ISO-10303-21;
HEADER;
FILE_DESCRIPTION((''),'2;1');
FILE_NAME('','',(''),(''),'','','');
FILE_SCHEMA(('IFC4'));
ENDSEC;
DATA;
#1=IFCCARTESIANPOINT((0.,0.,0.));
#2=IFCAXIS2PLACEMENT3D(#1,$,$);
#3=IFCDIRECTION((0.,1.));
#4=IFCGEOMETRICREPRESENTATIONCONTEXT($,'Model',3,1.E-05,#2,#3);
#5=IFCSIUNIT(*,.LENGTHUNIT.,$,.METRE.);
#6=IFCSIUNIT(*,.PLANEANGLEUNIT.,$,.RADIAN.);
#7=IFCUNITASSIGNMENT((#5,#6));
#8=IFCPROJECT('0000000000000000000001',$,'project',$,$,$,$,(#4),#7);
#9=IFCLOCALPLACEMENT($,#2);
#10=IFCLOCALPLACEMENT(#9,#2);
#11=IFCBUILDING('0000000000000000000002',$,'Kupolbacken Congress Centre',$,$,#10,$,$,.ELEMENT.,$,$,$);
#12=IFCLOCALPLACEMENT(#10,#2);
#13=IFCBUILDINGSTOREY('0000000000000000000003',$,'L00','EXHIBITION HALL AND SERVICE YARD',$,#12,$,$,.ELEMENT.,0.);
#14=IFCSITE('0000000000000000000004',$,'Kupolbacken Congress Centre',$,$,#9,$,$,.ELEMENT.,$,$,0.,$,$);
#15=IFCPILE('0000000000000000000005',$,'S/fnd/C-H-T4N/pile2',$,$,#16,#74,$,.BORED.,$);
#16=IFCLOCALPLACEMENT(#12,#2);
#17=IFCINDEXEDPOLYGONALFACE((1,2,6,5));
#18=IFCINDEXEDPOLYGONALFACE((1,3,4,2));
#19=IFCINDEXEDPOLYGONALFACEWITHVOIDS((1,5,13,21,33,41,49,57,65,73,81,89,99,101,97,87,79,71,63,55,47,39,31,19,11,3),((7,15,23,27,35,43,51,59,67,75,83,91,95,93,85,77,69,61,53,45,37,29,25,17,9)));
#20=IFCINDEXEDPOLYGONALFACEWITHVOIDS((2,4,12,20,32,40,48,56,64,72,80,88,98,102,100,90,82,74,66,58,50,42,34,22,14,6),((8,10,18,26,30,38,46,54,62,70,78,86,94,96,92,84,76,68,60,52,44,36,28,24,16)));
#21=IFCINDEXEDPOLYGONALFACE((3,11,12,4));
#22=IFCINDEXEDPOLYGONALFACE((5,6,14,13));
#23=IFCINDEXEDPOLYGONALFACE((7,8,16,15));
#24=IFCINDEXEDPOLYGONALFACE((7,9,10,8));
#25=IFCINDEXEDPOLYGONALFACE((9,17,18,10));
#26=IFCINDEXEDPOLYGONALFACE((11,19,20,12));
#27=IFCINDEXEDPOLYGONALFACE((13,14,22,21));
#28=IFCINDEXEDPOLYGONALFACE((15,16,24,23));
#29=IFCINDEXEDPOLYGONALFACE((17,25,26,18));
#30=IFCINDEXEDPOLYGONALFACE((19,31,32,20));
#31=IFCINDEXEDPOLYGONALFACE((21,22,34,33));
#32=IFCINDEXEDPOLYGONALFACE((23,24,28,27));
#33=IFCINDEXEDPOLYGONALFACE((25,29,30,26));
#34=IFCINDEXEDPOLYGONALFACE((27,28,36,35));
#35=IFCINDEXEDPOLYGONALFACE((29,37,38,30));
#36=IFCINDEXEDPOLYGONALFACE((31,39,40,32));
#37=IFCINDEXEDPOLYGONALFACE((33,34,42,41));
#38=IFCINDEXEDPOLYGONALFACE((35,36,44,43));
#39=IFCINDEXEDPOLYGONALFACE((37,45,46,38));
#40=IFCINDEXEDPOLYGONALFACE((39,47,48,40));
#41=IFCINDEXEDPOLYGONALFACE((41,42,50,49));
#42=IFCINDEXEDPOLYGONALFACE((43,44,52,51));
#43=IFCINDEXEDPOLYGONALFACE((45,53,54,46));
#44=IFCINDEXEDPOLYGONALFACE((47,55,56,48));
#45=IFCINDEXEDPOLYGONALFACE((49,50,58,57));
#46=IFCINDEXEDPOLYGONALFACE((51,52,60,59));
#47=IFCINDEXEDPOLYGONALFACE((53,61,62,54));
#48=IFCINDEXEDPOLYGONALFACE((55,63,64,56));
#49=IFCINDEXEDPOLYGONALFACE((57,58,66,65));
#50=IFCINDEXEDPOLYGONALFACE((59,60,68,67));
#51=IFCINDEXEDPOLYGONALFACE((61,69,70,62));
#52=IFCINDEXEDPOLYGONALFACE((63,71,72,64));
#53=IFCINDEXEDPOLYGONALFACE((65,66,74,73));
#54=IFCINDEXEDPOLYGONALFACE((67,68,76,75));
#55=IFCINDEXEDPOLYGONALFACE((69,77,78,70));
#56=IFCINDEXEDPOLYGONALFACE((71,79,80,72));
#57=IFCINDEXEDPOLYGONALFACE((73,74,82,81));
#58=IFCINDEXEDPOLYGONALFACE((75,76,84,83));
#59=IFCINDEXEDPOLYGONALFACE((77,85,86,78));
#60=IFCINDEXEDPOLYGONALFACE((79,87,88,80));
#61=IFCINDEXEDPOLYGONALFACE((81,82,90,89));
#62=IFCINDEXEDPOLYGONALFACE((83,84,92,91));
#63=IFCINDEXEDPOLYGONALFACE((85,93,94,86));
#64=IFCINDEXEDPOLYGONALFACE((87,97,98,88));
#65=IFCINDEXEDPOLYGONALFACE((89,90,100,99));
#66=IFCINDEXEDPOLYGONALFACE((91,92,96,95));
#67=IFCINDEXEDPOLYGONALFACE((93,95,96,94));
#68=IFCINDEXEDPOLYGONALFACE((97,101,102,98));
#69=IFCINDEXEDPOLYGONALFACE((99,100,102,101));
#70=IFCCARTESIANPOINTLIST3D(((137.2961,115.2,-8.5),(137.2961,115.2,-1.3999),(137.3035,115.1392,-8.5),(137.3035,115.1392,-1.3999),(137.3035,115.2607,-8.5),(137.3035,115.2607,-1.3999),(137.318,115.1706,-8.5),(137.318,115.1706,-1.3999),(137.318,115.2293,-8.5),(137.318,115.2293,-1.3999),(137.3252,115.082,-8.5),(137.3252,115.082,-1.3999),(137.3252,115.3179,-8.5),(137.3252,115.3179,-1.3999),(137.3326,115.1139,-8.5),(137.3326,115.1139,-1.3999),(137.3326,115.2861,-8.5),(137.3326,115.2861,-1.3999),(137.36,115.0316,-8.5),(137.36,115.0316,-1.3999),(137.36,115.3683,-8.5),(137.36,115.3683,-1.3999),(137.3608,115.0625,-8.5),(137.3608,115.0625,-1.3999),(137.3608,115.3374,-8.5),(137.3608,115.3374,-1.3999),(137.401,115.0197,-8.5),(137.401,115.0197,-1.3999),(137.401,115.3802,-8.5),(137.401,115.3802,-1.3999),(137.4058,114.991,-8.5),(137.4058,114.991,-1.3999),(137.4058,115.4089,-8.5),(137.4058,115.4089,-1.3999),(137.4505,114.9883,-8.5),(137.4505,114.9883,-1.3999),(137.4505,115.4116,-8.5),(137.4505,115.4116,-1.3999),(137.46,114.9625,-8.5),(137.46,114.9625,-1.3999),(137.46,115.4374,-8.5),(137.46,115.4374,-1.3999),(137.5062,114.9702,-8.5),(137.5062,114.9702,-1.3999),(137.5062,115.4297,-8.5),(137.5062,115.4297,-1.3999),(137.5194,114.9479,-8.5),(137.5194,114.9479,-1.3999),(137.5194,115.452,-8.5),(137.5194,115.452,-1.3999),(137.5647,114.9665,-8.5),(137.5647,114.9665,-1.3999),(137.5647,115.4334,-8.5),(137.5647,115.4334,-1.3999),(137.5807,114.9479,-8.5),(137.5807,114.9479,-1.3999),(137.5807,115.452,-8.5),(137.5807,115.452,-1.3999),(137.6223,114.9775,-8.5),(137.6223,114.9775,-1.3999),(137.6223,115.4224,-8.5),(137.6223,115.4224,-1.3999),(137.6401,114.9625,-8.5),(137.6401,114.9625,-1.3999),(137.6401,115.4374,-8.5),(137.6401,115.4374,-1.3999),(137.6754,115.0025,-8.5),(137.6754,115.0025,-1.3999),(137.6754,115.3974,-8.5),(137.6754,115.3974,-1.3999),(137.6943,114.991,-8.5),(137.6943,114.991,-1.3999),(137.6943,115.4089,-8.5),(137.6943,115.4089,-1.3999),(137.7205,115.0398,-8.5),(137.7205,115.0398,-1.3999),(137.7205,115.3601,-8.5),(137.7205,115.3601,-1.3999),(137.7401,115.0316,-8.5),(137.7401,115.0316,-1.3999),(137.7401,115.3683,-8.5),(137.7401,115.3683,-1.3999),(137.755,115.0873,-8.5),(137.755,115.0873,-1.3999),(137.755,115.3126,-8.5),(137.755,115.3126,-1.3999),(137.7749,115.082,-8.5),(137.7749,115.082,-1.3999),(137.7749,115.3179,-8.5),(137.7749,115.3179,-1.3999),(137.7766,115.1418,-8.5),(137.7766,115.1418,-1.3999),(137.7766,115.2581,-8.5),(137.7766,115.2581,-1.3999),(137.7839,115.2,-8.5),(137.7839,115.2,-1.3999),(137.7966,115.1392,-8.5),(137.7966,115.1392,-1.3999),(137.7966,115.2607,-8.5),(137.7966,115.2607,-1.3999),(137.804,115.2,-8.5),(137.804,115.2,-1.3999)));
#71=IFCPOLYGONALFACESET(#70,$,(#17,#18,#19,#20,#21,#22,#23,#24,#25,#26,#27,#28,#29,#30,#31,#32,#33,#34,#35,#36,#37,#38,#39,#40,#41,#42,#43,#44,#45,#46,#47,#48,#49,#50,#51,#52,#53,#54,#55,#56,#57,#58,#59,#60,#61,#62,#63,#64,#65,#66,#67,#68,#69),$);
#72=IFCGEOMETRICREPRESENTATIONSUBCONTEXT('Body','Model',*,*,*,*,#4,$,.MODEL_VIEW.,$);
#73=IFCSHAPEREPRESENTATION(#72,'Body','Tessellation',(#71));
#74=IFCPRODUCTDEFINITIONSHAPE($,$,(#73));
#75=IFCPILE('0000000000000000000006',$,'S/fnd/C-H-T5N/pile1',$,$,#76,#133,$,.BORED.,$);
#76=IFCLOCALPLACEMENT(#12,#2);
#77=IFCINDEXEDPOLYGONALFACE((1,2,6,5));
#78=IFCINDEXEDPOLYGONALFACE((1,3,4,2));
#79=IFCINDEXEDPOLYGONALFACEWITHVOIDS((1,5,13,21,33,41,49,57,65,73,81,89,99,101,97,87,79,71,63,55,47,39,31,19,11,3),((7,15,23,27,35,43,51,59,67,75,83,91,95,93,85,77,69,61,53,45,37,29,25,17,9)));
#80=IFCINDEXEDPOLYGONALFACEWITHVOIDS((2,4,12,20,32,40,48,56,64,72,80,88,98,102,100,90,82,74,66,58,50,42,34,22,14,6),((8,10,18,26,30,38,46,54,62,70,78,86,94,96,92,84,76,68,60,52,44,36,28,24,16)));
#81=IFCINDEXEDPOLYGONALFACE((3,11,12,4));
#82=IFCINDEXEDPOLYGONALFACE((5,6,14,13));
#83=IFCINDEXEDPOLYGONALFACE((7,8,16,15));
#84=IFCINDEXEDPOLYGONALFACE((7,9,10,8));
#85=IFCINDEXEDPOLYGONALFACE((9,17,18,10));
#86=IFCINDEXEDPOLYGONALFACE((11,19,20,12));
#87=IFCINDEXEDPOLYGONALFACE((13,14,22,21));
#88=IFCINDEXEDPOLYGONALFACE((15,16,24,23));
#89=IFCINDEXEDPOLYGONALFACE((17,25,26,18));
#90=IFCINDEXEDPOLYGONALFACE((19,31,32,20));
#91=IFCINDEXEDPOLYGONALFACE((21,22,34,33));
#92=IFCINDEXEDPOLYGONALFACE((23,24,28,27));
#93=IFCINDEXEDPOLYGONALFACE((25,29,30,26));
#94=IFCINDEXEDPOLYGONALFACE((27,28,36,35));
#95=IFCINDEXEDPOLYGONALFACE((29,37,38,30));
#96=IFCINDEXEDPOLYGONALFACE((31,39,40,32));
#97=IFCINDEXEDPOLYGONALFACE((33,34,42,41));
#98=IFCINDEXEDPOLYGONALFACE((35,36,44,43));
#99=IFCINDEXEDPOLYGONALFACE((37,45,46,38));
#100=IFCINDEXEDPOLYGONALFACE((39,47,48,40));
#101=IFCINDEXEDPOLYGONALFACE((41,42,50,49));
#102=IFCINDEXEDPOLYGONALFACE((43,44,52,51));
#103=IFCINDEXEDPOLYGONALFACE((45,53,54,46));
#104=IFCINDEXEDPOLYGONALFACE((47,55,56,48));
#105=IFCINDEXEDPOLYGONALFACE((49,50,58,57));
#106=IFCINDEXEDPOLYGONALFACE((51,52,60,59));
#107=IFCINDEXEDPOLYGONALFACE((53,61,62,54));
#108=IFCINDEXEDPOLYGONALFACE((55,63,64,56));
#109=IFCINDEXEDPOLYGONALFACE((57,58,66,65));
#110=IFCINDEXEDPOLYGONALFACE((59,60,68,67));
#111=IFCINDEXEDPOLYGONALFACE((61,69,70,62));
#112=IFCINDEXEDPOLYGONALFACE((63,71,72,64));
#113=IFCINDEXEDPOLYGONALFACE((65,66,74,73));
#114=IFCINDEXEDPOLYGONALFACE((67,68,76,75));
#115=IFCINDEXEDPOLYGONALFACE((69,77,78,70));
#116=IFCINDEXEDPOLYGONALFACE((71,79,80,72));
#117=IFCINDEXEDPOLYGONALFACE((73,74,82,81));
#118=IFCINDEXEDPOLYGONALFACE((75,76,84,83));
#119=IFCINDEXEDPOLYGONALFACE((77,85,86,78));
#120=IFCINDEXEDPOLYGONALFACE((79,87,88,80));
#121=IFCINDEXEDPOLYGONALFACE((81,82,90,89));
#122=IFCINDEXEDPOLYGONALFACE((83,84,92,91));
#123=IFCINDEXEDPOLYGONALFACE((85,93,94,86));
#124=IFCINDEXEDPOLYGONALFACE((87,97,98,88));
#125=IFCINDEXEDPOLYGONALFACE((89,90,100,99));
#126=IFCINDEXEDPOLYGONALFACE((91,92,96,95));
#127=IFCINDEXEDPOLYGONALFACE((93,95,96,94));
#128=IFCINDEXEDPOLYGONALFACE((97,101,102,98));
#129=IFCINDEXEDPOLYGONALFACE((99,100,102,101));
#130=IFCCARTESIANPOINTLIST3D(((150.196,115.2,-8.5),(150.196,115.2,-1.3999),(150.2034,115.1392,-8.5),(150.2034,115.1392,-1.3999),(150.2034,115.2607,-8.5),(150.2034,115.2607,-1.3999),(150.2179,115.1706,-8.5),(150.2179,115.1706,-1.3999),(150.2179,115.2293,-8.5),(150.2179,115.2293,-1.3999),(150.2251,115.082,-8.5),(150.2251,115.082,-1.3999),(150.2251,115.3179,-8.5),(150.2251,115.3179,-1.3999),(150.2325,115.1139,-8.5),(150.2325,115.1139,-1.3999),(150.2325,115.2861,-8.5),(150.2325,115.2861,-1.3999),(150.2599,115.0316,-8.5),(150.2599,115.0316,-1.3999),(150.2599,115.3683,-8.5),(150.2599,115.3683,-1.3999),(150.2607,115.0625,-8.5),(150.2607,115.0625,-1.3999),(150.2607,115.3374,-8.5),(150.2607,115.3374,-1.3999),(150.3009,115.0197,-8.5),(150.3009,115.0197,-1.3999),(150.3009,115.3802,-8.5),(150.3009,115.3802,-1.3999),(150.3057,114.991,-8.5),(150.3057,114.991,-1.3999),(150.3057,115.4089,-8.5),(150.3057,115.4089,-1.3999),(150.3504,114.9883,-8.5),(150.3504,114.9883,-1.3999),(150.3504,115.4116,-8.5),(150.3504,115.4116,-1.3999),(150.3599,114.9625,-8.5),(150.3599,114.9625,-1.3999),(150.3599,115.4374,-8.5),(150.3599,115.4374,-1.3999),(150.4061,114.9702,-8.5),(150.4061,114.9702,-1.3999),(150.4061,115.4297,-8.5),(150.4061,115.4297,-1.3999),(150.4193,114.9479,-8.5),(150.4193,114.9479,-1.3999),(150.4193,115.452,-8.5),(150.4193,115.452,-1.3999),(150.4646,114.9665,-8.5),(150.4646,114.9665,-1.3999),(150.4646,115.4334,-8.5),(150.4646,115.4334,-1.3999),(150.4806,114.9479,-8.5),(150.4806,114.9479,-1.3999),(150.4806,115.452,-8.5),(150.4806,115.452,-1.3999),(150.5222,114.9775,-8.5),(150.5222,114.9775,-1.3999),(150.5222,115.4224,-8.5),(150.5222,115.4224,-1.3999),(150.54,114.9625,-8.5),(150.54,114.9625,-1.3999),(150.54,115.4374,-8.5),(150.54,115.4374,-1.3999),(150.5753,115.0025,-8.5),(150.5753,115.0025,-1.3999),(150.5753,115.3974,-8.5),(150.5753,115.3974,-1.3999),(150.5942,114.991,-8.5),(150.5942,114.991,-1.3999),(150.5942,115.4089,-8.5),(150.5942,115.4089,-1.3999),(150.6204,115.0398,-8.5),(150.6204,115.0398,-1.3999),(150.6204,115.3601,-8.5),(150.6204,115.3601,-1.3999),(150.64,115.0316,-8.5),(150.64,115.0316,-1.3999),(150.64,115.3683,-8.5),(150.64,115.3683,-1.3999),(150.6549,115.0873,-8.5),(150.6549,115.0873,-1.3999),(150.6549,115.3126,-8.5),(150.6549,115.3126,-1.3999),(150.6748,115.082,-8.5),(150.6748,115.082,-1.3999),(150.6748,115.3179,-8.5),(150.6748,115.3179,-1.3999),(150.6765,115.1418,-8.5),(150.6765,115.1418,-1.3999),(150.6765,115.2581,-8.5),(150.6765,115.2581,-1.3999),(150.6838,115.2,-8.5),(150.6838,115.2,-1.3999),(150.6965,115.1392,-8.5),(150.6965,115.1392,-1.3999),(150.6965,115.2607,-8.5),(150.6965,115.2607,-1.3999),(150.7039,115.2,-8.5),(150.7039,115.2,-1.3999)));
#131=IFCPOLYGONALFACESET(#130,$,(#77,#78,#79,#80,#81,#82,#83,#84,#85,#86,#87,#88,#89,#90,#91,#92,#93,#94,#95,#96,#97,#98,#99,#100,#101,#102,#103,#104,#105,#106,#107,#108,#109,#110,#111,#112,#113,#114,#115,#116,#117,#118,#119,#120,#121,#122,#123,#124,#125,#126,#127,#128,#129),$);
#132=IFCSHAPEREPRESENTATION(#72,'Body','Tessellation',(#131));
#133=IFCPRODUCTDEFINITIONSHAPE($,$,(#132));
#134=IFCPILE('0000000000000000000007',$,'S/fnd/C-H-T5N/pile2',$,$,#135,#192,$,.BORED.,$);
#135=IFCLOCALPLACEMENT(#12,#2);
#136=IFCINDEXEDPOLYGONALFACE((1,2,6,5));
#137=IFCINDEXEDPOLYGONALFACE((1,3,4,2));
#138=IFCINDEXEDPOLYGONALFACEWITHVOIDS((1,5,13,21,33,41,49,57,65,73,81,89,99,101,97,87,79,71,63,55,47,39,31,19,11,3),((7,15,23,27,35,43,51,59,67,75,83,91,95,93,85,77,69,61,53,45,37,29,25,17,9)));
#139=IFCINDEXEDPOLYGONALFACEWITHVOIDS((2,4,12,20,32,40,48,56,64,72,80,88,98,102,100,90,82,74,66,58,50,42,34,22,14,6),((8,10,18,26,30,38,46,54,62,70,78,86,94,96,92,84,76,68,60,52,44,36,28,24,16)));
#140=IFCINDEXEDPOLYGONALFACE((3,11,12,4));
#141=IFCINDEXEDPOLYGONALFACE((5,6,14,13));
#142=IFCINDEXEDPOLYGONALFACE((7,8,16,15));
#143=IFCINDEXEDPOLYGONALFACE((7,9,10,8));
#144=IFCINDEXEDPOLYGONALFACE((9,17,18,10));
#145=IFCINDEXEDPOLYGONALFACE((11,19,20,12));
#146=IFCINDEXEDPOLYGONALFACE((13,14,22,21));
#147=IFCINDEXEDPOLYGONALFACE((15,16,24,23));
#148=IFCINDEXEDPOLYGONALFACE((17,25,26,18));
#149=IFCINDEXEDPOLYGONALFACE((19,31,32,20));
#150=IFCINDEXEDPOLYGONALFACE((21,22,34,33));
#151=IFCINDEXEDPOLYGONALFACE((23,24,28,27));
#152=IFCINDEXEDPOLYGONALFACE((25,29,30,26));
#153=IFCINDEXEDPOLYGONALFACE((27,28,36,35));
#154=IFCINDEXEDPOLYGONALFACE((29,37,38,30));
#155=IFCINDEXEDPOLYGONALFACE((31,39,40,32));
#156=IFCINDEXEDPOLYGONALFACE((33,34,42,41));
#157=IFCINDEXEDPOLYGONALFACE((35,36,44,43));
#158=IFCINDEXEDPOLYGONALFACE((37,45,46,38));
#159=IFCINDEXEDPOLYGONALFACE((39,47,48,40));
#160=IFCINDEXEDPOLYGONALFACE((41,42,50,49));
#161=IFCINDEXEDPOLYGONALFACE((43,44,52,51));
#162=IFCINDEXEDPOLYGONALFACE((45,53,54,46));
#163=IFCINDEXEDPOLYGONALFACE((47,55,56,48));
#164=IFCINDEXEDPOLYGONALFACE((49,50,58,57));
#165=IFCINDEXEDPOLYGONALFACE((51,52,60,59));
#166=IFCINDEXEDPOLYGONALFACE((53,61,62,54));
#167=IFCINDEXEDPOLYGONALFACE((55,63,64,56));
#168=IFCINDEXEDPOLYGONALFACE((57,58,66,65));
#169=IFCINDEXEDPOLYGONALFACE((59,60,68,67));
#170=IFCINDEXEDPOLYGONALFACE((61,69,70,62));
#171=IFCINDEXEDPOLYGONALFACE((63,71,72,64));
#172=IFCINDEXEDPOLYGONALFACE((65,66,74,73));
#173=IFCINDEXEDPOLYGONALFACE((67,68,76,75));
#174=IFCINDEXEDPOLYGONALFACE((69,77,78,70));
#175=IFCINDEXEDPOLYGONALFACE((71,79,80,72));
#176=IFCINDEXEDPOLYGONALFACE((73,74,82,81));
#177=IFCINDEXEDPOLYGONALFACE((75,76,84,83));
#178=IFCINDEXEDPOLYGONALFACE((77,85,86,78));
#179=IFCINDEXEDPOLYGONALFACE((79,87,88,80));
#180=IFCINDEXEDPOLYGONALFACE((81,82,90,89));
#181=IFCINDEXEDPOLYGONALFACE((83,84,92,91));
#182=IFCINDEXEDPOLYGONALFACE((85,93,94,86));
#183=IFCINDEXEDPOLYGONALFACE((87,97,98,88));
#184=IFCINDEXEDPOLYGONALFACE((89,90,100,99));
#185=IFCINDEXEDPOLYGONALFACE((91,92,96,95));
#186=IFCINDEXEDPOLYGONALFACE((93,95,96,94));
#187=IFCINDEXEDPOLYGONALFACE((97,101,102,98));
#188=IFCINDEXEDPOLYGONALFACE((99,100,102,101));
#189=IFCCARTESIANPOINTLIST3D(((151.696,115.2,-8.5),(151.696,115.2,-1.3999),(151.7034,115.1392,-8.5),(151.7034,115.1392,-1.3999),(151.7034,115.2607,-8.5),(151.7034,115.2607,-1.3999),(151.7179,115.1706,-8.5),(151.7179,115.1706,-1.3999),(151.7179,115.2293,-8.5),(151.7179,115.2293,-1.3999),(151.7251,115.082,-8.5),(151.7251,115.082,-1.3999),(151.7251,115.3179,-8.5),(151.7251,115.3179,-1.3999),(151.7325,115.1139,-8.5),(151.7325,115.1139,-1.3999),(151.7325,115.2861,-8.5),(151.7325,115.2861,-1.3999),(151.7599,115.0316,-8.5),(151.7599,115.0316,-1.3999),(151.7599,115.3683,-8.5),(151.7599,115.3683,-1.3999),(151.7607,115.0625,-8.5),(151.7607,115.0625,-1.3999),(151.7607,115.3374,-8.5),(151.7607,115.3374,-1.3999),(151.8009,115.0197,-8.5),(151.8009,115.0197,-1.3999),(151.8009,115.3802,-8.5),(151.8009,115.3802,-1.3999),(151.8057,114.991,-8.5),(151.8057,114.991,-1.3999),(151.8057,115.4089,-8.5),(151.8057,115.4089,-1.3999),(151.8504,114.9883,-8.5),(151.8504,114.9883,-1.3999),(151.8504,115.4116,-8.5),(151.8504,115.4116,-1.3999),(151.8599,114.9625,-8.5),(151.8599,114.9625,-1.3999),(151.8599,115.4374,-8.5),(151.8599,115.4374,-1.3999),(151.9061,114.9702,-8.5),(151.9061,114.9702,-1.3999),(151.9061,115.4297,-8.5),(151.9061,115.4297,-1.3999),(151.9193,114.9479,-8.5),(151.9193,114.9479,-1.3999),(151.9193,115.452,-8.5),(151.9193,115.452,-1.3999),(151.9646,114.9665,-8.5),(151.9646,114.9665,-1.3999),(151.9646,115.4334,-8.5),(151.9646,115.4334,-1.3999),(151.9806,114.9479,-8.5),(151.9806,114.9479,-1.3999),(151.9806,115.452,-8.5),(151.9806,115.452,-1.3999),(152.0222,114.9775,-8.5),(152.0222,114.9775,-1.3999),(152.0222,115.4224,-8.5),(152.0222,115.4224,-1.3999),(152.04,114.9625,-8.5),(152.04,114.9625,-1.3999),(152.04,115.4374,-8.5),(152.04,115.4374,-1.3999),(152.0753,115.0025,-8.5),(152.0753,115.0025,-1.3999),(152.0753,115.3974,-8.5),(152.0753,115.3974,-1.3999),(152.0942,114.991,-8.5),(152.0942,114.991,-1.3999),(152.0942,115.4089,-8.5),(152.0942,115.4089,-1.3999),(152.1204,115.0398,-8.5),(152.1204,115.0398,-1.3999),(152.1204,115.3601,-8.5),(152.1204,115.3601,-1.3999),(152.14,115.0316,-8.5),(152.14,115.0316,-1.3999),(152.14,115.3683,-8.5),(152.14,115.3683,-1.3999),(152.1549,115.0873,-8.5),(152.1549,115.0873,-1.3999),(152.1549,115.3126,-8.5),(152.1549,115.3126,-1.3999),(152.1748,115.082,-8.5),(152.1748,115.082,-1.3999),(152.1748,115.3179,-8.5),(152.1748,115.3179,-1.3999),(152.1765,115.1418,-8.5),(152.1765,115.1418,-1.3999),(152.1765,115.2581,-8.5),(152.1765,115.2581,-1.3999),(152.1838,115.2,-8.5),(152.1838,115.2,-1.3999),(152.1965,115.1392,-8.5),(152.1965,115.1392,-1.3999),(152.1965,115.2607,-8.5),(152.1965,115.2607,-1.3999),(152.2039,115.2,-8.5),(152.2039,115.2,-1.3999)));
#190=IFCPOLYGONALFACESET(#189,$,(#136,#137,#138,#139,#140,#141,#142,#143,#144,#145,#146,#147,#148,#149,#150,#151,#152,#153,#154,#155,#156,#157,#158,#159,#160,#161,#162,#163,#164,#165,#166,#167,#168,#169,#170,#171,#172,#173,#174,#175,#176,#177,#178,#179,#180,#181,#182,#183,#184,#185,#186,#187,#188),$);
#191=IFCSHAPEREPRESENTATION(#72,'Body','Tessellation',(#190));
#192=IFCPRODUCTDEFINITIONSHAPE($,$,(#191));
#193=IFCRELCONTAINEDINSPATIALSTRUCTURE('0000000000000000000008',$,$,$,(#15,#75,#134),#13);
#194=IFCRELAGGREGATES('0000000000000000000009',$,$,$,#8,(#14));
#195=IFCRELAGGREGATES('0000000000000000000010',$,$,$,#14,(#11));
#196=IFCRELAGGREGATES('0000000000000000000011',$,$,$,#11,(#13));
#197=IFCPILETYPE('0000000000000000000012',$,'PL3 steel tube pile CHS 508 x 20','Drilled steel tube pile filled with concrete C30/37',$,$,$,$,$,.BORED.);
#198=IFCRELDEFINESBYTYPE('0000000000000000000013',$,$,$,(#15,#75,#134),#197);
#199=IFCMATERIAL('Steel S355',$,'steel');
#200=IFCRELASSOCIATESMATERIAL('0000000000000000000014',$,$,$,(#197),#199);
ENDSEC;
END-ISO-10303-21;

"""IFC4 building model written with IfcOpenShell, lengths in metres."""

from ifc_helpers import new_model, si_unit, direction, frame, origin, origin_2d, place, context, subcontext, project, spatial, hollow_circle, extrude, material, material_profile, profile_set, type_object, element, save


model = new_model("IFC4")

# Units and contexts
model_context = context("Model", 3, precision=1e-05, world=origin(), true_north=direction((0.0, 1.0)))
body_context = subcontext(model_context, "Body", "Model", "MODEL_VIEW")
ifc_project = project(units=[si_unit("LENGTHUNIT", "METRE"), si_unit("PLANEANGLEUNIT", "RADIAN")], contexts=[model_context])

# Site, building, storey
site_placement = place(None, origin())
site = spatial("IfcSite", under=ifc_project, at=site_placement, Name="Kupolbacken Congress Centre", CompositionType="ELEMENT", RefElevation=0.0)
building_placement = place(site_placement, origin())
building = spatial("IfcBuilding", under=site, at=building_placement, Name="Kupolbacken Congress Centre", CompositionType="ELEMENT")
storey_placement = place(building_placement, origin())
storey = spatial("IfcBuildingStorey", under=building, at=storey_placement, Name="L00", Description="EXHIBITION HALL AND SERVICE YARD", CompositionType="ELEMENT", Elevation=0.0)

# Piles
ifc_material_1 = material(Name="Steel S355", Category="steel")
ifc_material_profile_1 = material_profile(ifc_material_1, hollow_circle(Radius=0.2539, WallThickness=0.02, at=origin_2d()), Name="CHS 508 x 20")
ifc_profile_set_1 = profile_set([ifc_material_profile_1], Name="Steel S355")
pile_type = type_object("IfcPileType", Name="PL3 steel tube pile CHS 508 x 20", Description="Drilled steel tube pile filled with concrete C30/37", PredefinedType="BORED", material=ifc_profile_set_1)
for number, where, z_axis, x_axis, name in (
    (1, (137.55, 115.2, -1.3999), (0.0, 0.0, -1.0), (1.0, 0.0, 0.0), "S/fnd/C-H-T4N/pile2"),
    (2, (150.45, 115.2, -1.3999), (0.0, 0.0, -1.0), (1.0, 0.0, 0.0), "S/fnd/C-H-T5N/pile1"),
    (3, (151.95, 115.2, -1.3999), (0.0, 0.0, -1.0), (1.0, 0.0, 0.0), "S/fnd/C-H-T5N/pile2"),
):
    element("IfcPile", number, at=place(storey_placement, frame(where, z_axis=z_axis, x_axis=x_axis)), inside=storey, type_object=pile_type, Name=name, PredefinedType="BORED", context=body_context, shape_type="SweptSolid", body=[
        extrude(hollow_circle(Radius=0.2539, WallThickness=0.02, at=origin_2d()), origin(), (0.0, 0.0, 1.0), 7.1001),
    ])

save(model, "model.ifc")
